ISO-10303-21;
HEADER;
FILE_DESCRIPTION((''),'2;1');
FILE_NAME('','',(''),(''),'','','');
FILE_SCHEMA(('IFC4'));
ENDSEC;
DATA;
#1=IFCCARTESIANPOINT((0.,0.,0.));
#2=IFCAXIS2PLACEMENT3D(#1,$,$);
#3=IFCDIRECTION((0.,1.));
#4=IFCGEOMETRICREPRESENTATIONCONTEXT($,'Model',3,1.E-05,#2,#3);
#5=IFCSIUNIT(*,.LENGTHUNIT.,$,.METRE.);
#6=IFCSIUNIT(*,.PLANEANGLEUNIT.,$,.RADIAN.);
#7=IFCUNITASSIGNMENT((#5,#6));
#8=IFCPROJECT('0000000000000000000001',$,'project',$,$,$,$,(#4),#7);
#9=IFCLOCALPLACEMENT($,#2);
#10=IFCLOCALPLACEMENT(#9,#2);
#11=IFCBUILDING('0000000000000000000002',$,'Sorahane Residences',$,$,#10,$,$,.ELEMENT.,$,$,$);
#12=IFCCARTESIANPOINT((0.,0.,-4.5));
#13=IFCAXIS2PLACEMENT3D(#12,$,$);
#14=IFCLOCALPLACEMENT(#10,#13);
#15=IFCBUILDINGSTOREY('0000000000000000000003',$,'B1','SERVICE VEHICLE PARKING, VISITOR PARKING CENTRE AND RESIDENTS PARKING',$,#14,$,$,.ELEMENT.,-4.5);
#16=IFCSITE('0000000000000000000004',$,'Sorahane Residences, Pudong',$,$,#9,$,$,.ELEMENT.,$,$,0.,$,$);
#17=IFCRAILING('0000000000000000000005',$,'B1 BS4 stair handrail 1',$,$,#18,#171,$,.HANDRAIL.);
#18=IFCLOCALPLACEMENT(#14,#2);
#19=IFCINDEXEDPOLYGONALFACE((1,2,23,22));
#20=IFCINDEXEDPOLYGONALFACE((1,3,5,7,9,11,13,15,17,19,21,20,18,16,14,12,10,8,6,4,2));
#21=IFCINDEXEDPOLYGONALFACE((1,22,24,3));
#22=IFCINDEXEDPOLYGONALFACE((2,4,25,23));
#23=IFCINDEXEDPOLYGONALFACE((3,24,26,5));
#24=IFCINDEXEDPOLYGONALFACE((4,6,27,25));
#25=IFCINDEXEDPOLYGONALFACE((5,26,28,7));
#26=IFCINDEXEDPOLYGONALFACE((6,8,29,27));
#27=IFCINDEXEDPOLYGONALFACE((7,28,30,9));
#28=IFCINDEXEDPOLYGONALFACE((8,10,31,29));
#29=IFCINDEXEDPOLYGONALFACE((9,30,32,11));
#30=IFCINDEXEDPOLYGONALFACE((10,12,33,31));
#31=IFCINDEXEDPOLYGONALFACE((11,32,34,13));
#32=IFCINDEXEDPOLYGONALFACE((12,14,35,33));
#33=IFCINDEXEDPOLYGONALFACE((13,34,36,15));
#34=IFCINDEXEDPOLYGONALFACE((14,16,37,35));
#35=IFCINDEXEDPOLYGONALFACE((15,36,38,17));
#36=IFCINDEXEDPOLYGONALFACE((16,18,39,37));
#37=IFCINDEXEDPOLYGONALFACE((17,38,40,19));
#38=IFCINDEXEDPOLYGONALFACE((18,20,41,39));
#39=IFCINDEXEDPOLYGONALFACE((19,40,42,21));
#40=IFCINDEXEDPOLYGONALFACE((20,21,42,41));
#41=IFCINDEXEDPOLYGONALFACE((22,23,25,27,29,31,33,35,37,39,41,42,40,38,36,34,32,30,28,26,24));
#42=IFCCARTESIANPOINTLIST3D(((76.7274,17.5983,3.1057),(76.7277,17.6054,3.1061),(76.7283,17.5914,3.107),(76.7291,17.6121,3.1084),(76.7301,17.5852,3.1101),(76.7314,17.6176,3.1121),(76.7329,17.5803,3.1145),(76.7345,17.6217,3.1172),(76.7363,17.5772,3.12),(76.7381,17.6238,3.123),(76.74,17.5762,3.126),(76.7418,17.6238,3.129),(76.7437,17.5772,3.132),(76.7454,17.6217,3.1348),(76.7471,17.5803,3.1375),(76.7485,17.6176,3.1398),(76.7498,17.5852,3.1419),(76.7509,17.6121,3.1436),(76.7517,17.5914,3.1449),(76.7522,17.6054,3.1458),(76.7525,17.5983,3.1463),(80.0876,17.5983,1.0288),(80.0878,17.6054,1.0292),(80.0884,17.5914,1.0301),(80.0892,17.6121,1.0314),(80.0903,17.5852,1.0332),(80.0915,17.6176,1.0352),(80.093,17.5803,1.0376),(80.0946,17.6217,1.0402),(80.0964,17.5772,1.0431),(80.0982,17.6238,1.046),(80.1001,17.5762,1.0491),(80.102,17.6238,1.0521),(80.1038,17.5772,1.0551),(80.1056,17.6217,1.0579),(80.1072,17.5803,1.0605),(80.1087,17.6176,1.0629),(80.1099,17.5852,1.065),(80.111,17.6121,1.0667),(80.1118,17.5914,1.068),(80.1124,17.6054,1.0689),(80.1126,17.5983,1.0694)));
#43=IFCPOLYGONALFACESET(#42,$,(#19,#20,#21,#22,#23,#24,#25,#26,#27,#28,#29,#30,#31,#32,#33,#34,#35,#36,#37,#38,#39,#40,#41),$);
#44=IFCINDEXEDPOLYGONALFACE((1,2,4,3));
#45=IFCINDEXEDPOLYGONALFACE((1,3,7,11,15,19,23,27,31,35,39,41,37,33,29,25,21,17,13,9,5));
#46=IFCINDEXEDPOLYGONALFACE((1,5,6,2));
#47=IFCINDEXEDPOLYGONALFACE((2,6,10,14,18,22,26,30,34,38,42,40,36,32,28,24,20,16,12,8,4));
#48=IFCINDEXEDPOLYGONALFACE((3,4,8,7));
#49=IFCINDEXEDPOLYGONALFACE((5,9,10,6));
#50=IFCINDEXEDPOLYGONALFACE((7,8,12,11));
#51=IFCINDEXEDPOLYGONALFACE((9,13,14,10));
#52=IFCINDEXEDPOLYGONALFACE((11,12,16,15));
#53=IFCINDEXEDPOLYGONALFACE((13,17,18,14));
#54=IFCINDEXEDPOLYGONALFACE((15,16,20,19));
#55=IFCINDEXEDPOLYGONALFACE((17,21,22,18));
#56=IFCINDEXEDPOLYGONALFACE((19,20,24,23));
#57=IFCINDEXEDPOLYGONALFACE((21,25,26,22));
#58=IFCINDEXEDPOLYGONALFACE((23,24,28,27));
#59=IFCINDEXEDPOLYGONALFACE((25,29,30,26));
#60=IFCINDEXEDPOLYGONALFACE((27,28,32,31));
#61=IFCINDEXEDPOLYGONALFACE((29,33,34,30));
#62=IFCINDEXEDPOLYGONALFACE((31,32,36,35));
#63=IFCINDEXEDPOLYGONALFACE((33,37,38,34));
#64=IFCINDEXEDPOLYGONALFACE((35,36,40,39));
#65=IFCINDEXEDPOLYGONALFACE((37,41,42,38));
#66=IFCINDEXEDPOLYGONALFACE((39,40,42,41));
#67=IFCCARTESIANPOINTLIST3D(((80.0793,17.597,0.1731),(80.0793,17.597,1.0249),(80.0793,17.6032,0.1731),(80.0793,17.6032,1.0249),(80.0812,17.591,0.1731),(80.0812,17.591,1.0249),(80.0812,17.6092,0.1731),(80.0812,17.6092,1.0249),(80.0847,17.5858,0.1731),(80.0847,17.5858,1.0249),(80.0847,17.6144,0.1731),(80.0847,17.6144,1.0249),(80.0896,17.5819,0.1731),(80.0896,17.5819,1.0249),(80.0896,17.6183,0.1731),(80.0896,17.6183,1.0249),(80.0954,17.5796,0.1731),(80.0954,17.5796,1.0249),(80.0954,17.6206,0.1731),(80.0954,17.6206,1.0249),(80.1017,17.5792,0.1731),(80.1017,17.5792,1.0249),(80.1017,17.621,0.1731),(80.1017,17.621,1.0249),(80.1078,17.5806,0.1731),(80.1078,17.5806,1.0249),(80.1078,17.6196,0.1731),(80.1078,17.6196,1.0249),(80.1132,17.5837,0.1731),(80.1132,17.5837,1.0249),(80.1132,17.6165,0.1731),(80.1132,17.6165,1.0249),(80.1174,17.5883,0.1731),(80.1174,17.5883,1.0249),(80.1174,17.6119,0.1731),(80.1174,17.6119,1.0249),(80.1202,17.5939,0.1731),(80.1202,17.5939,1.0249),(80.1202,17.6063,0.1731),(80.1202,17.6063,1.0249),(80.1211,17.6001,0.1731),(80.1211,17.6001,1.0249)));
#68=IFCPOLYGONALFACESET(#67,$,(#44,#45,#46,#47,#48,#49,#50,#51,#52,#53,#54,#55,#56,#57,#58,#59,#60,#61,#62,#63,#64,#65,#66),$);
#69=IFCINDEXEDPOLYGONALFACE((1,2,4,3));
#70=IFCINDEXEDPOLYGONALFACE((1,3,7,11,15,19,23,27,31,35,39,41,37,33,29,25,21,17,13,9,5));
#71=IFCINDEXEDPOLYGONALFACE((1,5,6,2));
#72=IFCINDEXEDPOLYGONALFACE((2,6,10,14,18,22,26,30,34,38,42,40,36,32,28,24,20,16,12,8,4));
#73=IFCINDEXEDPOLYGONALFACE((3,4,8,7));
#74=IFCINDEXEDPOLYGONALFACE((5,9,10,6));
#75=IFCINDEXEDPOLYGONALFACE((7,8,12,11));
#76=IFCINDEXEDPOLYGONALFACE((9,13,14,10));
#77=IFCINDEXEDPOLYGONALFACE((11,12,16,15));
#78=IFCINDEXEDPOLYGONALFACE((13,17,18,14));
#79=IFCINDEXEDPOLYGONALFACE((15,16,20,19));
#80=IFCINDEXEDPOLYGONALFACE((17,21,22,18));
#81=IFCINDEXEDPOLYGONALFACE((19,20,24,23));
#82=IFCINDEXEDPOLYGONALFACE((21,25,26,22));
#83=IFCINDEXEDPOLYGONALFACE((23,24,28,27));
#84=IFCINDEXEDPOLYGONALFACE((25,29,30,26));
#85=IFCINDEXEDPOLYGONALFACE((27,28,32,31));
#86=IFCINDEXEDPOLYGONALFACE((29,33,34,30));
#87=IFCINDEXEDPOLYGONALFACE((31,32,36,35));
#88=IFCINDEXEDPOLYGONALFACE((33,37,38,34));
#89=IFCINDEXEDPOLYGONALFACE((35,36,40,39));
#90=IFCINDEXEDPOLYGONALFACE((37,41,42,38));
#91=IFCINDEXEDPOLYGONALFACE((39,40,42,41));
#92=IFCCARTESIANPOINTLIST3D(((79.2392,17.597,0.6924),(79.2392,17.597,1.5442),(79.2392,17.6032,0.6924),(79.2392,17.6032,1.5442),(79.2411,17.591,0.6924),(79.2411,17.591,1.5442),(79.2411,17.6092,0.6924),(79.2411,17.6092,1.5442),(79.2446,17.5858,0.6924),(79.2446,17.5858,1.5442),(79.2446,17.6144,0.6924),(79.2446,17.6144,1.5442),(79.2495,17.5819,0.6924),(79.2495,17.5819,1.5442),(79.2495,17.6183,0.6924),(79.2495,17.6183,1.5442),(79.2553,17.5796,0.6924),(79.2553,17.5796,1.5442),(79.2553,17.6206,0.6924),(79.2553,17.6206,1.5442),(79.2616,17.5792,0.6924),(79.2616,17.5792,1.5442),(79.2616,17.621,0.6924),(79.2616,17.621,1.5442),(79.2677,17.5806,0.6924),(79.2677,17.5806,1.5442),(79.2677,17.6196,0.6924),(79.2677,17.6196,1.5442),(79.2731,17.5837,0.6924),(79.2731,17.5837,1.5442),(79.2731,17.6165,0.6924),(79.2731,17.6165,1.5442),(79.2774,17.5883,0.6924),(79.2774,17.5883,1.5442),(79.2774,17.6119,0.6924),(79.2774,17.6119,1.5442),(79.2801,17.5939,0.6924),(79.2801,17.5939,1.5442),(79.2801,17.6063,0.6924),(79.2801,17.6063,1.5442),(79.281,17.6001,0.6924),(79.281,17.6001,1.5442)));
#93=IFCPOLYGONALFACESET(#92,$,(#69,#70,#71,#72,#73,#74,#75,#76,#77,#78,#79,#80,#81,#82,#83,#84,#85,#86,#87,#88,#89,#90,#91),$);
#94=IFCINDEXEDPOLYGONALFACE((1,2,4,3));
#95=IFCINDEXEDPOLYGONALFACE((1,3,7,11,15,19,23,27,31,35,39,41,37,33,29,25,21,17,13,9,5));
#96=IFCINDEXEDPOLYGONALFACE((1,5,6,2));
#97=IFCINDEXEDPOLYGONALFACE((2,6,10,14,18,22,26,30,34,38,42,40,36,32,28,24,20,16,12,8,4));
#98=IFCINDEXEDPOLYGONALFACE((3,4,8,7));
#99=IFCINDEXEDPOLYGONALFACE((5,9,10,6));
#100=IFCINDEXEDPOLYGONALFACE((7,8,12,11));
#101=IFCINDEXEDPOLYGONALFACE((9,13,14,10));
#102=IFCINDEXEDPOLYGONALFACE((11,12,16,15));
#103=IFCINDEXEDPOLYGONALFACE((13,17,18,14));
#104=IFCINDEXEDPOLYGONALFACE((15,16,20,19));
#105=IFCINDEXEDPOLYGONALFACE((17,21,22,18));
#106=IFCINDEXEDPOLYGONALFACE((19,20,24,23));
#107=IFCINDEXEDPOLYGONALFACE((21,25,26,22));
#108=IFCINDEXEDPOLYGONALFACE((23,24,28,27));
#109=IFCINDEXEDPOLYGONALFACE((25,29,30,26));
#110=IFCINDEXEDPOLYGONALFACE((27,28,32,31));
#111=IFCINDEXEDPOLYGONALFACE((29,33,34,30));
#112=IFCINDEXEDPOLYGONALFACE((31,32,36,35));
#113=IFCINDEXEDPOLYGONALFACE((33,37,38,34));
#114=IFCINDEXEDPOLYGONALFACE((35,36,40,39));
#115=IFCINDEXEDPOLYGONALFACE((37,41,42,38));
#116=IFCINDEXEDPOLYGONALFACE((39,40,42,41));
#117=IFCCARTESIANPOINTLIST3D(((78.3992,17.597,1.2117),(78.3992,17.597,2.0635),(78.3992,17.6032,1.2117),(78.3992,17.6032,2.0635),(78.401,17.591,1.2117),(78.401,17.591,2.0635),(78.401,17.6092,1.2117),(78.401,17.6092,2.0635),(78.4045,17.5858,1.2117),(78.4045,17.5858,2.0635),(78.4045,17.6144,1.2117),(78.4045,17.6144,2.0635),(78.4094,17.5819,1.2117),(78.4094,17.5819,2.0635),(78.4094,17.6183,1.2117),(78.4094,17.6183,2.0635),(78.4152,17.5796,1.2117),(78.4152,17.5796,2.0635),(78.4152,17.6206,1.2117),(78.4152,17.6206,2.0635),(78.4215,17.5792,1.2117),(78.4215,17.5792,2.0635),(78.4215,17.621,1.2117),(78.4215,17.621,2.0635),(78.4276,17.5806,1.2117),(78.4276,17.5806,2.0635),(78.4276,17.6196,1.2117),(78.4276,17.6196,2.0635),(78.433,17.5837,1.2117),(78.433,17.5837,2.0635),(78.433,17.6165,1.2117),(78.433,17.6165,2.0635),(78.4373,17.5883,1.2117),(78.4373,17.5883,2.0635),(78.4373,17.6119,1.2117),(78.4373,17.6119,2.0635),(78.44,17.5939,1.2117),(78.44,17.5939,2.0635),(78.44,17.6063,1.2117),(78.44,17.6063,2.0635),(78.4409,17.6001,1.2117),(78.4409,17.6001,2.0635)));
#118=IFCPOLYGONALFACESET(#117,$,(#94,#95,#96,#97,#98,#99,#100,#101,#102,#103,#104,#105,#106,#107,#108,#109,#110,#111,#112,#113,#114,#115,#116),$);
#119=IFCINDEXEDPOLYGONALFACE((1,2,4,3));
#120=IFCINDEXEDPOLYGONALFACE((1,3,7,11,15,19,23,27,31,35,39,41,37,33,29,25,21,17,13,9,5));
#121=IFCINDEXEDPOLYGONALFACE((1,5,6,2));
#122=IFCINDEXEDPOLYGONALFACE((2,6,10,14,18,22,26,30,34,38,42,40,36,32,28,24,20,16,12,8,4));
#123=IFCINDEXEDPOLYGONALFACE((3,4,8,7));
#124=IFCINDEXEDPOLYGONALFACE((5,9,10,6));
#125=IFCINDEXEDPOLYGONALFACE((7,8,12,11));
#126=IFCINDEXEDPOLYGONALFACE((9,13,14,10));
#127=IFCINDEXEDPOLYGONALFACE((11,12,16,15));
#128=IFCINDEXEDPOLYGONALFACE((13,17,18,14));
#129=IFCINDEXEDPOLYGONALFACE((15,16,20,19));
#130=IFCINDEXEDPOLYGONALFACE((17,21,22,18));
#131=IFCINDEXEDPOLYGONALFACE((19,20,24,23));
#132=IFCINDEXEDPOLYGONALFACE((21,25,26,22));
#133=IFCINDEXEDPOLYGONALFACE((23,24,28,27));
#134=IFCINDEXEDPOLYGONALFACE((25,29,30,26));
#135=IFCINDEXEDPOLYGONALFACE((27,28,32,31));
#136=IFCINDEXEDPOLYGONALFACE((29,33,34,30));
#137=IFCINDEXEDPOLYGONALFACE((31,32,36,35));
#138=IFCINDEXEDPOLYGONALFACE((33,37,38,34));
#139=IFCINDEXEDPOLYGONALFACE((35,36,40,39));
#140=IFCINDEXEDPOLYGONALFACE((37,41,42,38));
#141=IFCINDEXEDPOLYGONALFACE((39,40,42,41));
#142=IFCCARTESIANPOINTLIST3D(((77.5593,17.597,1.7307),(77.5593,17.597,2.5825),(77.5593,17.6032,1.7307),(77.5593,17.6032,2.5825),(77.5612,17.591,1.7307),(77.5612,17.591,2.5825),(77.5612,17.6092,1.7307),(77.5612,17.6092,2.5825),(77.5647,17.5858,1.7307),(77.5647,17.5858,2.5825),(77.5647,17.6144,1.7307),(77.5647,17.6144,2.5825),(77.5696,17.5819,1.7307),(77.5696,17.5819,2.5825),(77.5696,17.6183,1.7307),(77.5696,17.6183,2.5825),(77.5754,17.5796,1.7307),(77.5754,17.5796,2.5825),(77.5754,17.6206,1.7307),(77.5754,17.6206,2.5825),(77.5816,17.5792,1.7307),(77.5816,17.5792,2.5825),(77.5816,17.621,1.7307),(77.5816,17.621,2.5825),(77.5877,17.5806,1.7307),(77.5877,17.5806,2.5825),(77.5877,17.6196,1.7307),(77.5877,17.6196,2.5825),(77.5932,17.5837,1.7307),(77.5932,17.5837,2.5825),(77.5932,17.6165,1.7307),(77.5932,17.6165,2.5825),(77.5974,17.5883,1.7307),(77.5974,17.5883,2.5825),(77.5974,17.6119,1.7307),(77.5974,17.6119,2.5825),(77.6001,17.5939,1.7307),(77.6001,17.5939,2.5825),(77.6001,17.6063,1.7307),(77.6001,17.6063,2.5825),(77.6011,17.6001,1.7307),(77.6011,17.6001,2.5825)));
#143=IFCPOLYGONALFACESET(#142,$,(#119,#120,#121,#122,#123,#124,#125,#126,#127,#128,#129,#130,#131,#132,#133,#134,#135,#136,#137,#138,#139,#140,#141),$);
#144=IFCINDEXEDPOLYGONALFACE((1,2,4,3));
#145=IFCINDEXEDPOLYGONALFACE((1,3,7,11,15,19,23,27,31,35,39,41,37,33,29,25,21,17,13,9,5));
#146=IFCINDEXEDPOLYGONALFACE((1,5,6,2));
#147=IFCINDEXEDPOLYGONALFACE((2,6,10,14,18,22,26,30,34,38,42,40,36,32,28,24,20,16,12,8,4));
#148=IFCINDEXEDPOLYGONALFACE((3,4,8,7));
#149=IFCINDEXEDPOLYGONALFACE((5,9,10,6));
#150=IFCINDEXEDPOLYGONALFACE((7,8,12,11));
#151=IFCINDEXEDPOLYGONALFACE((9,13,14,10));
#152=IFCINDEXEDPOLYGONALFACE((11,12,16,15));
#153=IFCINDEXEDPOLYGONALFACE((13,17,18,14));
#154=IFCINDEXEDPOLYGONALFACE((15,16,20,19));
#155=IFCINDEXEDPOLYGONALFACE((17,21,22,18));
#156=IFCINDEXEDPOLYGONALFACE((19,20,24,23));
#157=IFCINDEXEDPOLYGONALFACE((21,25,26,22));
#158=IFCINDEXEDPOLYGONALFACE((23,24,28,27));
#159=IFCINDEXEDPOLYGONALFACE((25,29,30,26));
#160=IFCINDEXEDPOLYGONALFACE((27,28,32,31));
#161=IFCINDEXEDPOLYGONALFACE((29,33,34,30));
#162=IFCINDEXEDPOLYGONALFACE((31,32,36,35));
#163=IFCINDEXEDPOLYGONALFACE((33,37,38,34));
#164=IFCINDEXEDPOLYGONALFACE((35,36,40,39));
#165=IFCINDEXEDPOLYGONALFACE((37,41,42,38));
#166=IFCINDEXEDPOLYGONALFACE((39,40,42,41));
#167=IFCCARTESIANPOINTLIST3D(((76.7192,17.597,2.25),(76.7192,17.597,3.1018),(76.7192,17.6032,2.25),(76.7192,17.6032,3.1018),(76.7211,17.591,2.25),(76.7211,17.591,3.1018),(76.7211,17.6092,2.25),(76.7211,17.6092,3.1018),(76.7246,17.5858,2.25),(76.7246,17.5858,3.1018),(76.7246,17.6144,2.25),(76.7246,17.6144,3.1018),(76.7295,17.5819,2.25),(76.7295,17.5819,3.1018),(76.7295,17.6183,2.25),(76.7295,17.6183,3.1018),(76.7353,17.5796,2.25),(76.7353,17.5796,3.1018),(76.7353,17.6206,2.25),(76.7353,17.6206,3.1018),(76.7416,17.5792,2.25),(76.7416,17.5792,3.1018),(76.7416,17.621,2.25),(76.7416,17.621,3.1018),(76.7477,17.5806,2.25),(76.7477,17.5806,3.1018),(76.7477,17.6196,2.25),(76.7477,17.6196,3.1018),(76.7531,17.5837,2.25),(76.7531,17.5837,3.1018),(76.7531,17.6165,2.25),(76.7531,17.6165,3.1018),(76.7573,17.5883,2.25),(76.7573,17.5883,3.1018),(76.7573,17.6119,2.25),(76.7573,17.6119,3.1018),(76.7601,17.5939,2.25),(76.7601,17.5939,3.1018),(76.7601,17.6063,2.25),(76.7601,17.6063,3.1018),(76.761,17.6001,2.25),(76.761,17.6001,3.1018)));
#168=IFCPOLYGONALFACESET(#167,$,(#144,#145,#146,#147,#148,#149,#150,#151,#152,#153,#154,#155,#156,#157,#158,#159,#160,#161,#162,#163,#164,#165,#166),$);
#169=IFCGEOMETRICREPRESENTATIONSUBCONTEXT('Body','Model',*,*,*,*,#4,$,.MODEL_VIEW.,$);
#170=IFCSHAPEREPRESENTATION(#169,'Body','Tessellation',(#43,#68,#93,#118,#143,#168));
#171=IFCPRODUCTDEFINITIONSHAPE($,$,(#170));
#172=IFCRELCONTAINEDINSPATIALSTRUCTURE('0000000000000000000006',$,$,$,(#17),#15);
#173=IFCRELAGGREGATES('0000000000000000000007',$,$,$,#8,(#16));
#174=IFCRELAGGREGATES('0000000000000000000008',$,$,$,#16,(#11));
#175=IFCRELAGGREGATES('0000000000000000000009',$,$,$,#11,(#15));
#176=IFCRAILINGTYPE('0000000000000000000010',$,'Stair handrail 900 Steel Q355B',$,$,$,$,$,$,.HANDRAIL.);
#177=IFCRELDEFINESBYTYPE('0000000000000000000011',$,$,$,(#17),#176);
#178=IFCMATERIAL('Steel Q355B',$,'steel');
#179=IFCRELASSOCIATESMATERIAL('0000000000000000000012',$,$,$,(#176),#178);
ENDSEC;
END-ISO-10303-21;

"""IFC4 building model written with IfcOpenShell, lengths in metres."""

from ifc_helpers import new_model, si_unit, direction, frame, origin, origin_2d, place, context, subcontext, project, spatial, circle, extrude, material, type_object, element, save


model = new_model("IFC4")

# Units and contexts
model_context = context("Model", 3, precision=1e-05, world=origin(), true_north=direction((0.0, 1.0)))
body_context = subcontext(model_context, "Body", "Model", "MODEL_VIEW")
ifc_project = project(units=[si_unit("LENGTHUNIT", "METRE"), si_unit("PLANEANGLEUNIT", "RADIAN")], contexts=[model_context])

# Site, building, storey
site_placement = place(None, origin())
site = spatial("IfcSite", under=ifc_project, at=site_placement, Name="Sorahane Residences, Pudong", CompositionType="ELEMENT", RefElevation=0.0)
building_placement = place(site_placement, origin())
building = spatial("IfcBuilding", under=site, at=building_placement, Name="Sorahane Residences", CompositionType="ELEMENT")
storey_placement = place(building_placement, frame((0.0, 0.0, -4.5)))
storey = spatial("IfcBuildingStorey", under=building, at=storey_placement, Name="B1", Description="SERVICE VEHICLE PARKING, VISITOR PARKING CENTRE AND RESIDENTS PARKING", CompositionType="ELEMENT", Elevation=-4.5)

# Railing
ifc_material_1 = material(Name="Steel Q355B", Category="steel")
railing_type_1 = type_object("IfcRailingType", Name="Stair handrail 900 Steel Q355B", PredefinedType="HANDRAIL", material=ifc_material_1)
railing_1_placement = place(storey_placement, frame((80.1001, 17.6001, 0.1731)))
element("IfcRailing", 1, at=railing_1_placement, inside=storey, type_object=railing_type_1, Name="B1 BS4 stair handrail 1", PredefinedType="HANDRAIL", context=body_context, shape_type="SweptSolid", body=[
    extrude(circle(Radius=0.0239, at=origin_2d()), frame((0.0, 0.0, 0.876), z_axis=(-0.850623, 0.0, 0.525776), x_axis=(0.0, -1.0, 0.0)), (0.0, 0.0, 1.0), 3.9502),
    extrude(circle(Radius=0.021, at=origin_2d()), origin(), (0.0, 0.0, 1.0), 0.8518),
    extrude(circle(Radius=0.021, at=origin_2d()), frame((-0.8401, 0.0, 0.5193)), (0.0, 0.0, 1.0), 0.8518),
    extrude(circle(Radius=0.021, at=origin_2d()), frame((-1.6802, 0.0, 1.0386)), (0.0, 0.0, 1.0), 0.8518),
    extrude(circle(Radius=0.021, at=origin_2d()), frame((-2.52, 0.0, 1.5576)), (0.0, 0.0, 1.0), 0.8518),
    extrude(circle(Radius=0.021, at=origin_2d()), frame((-3.3601, 0.0, 2.0769)), (0.0, 0.0, 1.0), 0.8518),
])

save(model, "model.ifc")
